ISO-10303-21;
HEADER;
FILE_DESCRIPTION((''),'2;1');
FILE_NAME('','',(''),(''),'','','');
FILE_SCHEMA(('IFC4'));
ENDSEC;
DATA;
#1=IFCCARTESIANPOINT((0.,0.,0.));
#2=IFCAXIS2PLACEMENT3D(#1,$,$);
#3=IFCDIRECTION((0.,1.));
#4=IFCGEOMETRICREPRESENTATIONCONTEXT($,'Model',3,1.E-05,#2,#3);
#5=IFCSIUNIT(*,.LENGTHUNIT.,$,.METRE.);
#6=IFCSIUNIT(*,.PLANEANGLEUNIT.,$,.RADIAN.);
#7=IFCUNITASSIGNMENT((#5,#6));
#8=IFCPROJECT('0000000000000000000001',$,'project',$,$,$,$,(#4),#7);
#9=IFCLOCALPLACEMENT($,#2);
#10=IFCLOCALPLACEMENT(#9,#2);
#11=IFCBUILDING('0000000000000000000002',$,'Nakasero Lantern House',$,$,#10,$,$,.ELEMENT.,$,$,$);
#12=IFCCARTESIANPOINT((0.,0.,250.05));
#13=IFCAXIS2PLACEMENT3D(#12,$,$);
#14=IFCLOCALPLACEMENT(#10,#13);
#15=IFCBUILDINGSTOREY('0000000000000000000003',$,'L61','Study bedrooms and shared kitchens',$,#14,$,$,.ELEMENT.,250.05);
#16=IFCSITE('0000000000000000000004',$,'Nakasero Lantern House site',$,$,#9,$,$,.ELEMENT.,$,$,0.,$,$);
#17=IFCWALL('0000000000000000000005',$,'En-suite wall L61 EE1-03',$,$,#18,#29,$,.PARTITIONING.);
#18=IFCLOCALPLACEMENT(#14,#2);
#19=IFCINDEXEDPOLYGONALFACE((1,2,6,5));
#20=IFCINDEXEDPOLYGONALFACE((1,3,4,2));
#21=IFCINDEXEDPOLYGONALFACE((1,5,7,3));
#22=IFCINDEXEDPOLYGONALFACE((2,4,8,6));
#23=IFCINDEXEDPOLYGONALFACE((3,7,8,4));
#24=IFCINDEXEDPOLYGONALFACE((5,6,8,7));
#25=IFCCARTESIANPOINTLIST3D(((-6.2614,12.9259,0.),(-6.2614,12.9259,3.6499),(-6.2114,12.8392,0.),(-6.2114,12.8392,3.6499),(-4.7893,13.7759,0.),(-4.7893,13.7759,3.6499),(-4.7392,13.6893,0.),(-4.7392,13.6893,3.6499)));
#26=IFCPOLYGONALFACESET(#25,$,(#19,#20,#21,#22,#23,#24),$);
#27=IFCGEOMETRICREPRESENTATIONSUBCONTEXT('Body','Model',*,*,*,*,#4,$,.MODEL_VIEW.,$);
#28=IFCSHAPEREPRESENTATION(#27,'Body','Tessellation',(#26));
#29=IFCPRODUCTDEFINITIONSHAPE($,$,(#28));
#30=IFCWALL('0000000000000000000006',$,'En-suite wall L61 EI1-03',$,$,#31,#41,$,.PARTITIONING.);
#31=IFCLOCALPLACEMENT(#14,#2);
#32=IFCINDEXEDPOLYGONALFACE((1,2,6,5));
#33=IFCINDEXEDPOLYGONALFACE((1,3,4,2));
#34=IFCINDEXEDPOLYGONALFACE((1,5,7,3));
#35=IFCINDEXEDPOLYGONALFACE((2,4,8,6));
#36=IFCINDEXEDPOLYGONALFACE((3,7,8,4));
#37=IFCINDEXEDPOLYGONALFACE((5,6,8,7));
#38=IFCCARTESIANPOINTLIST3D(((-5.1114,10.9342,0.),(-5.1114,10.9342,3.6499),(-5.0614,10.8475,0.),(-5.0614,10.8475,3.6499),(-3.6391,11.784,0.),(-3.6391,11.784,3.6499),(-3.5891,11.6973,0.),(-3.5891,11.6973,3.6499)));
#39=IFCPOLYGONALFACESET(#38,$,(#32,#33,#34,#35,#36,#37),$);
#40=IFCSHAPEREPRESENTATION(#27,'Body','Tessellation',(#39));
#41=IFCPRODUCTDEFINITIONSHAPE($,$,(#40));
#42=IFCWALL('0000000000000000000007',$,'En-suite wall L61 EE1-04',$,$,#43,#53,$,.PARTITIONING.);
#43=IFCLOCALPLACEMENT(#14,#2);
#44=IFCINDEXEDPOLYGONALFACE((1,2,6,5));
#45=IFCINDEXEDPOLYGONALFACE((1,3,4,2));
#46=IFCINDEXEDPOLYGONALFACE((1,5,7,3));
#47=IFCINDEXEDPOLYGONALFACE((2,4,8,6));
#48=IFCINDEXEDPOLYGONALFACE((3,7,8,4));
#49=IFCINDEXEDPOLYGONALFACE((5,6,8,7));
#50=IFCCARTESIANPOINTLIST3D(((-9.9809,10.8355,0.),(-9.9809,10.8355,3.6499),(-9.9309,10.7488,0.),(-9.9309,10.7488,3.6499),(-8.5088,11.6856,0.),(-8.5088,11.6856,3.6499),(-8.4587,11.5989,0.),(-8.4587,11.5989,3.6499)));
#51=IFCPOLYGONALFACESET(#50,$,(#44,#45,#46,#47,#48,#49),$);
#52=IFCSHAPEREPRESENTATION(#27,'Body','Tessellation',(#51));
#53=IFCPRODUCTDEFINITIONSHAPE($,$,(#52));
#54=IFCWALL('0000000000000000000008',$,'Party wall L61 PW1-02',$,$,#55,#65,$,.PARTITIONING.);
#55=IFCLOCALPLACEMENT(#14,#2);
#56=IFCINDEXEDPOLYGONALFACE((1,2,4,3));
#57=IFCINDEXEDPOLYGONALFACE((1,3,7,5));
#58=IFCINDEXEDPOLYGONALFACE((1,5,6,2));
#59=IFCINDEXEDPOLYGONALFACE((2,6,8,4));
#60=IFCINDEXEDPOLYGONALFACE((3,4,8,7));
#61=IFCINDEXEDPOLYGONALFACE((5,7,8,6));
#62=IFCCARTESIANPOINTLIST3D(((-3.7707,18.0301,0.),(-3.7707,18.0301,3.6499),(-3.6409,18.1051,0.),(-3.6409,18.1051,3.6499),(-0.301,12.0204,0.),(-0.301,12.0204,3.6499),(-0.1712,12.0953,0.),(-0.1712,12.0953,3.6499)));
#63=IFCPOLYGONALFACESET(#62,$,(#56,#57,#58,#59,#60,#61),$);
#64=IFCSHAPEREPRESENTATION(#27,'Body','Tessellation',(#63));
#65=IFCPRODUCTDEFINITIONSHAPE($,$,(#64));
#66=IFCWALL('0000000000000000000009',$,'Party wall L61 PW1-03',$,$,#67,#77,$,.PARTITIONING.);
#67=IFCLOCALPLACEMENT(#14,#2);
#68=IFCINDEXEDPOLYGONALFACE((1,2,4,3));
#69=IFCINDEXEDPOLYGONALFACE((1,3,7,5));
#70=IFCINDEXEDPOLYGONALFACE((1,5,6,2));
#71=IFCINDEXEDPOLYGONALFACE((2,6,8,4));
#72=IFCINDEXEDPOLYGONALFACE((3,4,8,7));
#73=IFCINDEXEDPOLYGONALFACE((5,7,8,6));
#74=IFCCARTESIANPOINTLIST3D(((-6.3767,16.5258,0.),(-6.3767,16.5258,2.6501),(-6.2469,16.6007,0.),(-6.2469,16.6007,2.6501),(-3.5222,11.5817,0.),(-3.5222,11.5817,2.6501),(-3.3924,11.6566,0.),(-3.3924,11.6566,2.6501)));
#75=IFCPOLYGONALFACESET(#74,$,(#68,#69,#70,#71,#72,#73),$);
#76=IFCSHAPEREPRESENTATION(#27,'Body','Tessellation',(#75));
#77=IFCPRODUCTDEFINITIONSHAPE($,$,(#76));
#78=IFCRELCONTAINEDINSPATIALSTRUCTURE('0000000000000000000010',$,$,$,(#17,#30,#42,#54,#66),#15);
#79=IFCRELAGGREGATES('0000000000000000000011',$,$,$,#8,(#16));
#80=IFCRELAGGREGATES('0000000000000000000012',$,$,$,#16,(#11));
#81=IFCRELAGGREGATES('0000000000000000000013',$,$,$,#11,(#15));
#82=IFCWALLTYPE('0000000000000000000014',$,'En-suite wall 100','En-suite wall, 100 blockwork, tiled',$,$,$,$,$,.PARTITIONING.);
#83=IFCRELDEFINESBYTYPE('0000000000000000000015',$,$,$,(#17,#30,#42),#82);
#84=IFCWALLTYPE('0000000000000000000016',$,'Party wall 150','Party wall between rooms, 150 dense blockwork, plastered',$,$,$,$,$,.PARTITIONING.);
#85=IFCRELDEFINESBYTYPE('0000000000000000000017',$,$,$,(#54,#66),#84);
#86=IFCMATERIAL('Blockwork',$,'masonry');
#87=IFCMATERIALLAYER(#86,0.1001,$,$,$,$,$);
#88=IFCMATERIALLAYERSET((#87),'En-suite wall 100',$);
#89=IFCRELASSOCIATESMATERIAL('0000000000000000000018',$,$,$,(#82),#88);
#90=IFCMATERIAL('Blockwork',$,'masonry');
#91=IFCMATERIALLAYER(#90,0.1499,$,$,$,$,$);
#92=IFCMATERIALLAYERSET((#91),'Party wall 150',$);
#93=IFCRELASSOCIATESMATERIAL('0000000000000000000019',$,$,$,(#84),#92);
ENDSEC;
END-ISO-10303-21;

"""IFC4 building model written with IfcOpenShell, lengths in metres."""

from ifc_helpers import new_model, si_unit, direction, frame, frame_2d, origin, place, context, subcontext, project, spatial, rectangle, extrude, material, layer, layer_set, type_object, element, save


model = new_model("IFC4")

# Units and contexts
model_context = context("Model", 3, precision=1e-05, world=origin(), true_north=direction((0.0, 1.0)))
body_context = subcontext(model_context, "Body", "Model", "MODEL_VIEW")
ifc_project = project(units=[si_unit("LENGTHUNIT", "METRE"), si_unit("PLANEANGLEUNIT", "RADIAN")], contexts=[model_context])

# Site, building, storey
site_placement = place(None, origin())
site = spatial("IfcSite", under=ifc_project, at=site_placement, Name="Nakasero Lantern House site", CompositionType="ELEMENT", RefElevation=0.0)
building_placement = place(site_placement, origin())
building = spatial("IfcBuilding", under=site, at=building_placement, Name="Nakasero Lantern House", CompositionType="ELEMENT")
storey_placement = place(building_placement, frame((0.0, 0.0, 250.05)))
storey = spatial("IfcBuildingStorey", under=building, at=storey_placement, Name="L61", Description="Study bedrooms and shared kitchens", CompositionType="ELEMENT", Elevation=250.05)

# Walls
ifc_material_1 = material(Name="Blockwork", Category="masonry")
ifc_layer_1 = layer(ifc_material_1, 0.1001)
ifc_layer_set_1 = layer_set([ifc_layer_1], Name="En-suite wall 100")
wall_type_1 = type_object("IfcWallType", Name="En-suite wall 100", Description="En-suite wall, 100 blockwork, tiled", PredefinedType="PARTITIONING", material=ifc_layer_set_1)
for number, where, z_axis, x_axis, name in (
    (1, (-4.7642, 13.7327, 0.0), (0.0, 0.0, 1.0), (-0.865989, -0.500062, 0.0), "En-suite wall L61 EE1-03"),
    (2, (-3.614, 11.7407, 0.0), (0.0, 0.0, 1.0), (-0.866088, -0.499892, 0.0), "En-suite wall L61 EI1-03"),
    (3, (-8.4836, 11.6423, 0.0), (0.0, 0.0, 1.0), (-0.865989, -0.500062, 0.0), "En-suite wall L61 EE1-04"),
):
    element("IfcWall", number, at=place(storey_placement, frame(where, z_axis=z_axis, x_axis=x_axis)), inside=storey, type_object=wall_type_1, Name=name, PredefinedType="PARTITIONING", context=body_context, shape_type="SweptSolid", body=[
        extrude(rectangle(XDim=1.7, YDim=0.1001, at=frame_2d((0.8501, 0.0))), origin(), (0.0, 0.0, 1.0), 3.6499),
    ])
ifc_material_2 = material(Name="Blockwork", Category="masonry")
ifc_layer_2 = layer(ifc_material_2, 0.1499)
ifc_layer_set_2 = layer_set([ifc_layer_2], Name="Party wall 150")
wall_type_2 = type_object("IfcWallType", Name="Party wall 150", Description="Party wall between rooms, 150 dense blockwork, plastered", PredefinedType="PARTITIONING", material=ifc_layer_set_2)
wall_1_placement = place(storey_placement, frame((-0.2361, 12.0579, 0.0), z_axis=(0.0, 0.0, 1.0), x_axis=(-0.499999, 0.866026, 0.0)))
element("IfcWall", 4, at=wall_1_placement, inside=storey, type_object=wall_type_2, Name="Party wall L61 PW1-02", PredefinedType="PARTITIONING", context=body_context, shape_type="SweptSolid", body=[
    extrude(rectangle(XDim=6.9395, YDim=0.1499, at=frame_2d((3.4697, 0.0))), origin(), (0.0, 0.0, 1.0), 3.6499),
])
wall_2_placement = place(storey_placement, frame((-3.4573, 11.6191, 0.0), z_axis=(0.0, 0.0, 1.0), x_axis=(-0.500003, 0.866024, 0.0)))
element("IfcWall", 5, at=wall_2_placement, inside=storey, type_object=wall_type_2, Name="Party wall L61 PW1-03", PredefinedType="PARTITIONING", context=body_context, shape_type="SweptSolid", body=[
    extrude(rectangle(XDim=5.709, YDim=0.1499, at=frame_2d((2.8545, 0.0))), origin(), (0.0, 0.0, 1.0), 2.6501),
])

save(model, "model.ifc")
